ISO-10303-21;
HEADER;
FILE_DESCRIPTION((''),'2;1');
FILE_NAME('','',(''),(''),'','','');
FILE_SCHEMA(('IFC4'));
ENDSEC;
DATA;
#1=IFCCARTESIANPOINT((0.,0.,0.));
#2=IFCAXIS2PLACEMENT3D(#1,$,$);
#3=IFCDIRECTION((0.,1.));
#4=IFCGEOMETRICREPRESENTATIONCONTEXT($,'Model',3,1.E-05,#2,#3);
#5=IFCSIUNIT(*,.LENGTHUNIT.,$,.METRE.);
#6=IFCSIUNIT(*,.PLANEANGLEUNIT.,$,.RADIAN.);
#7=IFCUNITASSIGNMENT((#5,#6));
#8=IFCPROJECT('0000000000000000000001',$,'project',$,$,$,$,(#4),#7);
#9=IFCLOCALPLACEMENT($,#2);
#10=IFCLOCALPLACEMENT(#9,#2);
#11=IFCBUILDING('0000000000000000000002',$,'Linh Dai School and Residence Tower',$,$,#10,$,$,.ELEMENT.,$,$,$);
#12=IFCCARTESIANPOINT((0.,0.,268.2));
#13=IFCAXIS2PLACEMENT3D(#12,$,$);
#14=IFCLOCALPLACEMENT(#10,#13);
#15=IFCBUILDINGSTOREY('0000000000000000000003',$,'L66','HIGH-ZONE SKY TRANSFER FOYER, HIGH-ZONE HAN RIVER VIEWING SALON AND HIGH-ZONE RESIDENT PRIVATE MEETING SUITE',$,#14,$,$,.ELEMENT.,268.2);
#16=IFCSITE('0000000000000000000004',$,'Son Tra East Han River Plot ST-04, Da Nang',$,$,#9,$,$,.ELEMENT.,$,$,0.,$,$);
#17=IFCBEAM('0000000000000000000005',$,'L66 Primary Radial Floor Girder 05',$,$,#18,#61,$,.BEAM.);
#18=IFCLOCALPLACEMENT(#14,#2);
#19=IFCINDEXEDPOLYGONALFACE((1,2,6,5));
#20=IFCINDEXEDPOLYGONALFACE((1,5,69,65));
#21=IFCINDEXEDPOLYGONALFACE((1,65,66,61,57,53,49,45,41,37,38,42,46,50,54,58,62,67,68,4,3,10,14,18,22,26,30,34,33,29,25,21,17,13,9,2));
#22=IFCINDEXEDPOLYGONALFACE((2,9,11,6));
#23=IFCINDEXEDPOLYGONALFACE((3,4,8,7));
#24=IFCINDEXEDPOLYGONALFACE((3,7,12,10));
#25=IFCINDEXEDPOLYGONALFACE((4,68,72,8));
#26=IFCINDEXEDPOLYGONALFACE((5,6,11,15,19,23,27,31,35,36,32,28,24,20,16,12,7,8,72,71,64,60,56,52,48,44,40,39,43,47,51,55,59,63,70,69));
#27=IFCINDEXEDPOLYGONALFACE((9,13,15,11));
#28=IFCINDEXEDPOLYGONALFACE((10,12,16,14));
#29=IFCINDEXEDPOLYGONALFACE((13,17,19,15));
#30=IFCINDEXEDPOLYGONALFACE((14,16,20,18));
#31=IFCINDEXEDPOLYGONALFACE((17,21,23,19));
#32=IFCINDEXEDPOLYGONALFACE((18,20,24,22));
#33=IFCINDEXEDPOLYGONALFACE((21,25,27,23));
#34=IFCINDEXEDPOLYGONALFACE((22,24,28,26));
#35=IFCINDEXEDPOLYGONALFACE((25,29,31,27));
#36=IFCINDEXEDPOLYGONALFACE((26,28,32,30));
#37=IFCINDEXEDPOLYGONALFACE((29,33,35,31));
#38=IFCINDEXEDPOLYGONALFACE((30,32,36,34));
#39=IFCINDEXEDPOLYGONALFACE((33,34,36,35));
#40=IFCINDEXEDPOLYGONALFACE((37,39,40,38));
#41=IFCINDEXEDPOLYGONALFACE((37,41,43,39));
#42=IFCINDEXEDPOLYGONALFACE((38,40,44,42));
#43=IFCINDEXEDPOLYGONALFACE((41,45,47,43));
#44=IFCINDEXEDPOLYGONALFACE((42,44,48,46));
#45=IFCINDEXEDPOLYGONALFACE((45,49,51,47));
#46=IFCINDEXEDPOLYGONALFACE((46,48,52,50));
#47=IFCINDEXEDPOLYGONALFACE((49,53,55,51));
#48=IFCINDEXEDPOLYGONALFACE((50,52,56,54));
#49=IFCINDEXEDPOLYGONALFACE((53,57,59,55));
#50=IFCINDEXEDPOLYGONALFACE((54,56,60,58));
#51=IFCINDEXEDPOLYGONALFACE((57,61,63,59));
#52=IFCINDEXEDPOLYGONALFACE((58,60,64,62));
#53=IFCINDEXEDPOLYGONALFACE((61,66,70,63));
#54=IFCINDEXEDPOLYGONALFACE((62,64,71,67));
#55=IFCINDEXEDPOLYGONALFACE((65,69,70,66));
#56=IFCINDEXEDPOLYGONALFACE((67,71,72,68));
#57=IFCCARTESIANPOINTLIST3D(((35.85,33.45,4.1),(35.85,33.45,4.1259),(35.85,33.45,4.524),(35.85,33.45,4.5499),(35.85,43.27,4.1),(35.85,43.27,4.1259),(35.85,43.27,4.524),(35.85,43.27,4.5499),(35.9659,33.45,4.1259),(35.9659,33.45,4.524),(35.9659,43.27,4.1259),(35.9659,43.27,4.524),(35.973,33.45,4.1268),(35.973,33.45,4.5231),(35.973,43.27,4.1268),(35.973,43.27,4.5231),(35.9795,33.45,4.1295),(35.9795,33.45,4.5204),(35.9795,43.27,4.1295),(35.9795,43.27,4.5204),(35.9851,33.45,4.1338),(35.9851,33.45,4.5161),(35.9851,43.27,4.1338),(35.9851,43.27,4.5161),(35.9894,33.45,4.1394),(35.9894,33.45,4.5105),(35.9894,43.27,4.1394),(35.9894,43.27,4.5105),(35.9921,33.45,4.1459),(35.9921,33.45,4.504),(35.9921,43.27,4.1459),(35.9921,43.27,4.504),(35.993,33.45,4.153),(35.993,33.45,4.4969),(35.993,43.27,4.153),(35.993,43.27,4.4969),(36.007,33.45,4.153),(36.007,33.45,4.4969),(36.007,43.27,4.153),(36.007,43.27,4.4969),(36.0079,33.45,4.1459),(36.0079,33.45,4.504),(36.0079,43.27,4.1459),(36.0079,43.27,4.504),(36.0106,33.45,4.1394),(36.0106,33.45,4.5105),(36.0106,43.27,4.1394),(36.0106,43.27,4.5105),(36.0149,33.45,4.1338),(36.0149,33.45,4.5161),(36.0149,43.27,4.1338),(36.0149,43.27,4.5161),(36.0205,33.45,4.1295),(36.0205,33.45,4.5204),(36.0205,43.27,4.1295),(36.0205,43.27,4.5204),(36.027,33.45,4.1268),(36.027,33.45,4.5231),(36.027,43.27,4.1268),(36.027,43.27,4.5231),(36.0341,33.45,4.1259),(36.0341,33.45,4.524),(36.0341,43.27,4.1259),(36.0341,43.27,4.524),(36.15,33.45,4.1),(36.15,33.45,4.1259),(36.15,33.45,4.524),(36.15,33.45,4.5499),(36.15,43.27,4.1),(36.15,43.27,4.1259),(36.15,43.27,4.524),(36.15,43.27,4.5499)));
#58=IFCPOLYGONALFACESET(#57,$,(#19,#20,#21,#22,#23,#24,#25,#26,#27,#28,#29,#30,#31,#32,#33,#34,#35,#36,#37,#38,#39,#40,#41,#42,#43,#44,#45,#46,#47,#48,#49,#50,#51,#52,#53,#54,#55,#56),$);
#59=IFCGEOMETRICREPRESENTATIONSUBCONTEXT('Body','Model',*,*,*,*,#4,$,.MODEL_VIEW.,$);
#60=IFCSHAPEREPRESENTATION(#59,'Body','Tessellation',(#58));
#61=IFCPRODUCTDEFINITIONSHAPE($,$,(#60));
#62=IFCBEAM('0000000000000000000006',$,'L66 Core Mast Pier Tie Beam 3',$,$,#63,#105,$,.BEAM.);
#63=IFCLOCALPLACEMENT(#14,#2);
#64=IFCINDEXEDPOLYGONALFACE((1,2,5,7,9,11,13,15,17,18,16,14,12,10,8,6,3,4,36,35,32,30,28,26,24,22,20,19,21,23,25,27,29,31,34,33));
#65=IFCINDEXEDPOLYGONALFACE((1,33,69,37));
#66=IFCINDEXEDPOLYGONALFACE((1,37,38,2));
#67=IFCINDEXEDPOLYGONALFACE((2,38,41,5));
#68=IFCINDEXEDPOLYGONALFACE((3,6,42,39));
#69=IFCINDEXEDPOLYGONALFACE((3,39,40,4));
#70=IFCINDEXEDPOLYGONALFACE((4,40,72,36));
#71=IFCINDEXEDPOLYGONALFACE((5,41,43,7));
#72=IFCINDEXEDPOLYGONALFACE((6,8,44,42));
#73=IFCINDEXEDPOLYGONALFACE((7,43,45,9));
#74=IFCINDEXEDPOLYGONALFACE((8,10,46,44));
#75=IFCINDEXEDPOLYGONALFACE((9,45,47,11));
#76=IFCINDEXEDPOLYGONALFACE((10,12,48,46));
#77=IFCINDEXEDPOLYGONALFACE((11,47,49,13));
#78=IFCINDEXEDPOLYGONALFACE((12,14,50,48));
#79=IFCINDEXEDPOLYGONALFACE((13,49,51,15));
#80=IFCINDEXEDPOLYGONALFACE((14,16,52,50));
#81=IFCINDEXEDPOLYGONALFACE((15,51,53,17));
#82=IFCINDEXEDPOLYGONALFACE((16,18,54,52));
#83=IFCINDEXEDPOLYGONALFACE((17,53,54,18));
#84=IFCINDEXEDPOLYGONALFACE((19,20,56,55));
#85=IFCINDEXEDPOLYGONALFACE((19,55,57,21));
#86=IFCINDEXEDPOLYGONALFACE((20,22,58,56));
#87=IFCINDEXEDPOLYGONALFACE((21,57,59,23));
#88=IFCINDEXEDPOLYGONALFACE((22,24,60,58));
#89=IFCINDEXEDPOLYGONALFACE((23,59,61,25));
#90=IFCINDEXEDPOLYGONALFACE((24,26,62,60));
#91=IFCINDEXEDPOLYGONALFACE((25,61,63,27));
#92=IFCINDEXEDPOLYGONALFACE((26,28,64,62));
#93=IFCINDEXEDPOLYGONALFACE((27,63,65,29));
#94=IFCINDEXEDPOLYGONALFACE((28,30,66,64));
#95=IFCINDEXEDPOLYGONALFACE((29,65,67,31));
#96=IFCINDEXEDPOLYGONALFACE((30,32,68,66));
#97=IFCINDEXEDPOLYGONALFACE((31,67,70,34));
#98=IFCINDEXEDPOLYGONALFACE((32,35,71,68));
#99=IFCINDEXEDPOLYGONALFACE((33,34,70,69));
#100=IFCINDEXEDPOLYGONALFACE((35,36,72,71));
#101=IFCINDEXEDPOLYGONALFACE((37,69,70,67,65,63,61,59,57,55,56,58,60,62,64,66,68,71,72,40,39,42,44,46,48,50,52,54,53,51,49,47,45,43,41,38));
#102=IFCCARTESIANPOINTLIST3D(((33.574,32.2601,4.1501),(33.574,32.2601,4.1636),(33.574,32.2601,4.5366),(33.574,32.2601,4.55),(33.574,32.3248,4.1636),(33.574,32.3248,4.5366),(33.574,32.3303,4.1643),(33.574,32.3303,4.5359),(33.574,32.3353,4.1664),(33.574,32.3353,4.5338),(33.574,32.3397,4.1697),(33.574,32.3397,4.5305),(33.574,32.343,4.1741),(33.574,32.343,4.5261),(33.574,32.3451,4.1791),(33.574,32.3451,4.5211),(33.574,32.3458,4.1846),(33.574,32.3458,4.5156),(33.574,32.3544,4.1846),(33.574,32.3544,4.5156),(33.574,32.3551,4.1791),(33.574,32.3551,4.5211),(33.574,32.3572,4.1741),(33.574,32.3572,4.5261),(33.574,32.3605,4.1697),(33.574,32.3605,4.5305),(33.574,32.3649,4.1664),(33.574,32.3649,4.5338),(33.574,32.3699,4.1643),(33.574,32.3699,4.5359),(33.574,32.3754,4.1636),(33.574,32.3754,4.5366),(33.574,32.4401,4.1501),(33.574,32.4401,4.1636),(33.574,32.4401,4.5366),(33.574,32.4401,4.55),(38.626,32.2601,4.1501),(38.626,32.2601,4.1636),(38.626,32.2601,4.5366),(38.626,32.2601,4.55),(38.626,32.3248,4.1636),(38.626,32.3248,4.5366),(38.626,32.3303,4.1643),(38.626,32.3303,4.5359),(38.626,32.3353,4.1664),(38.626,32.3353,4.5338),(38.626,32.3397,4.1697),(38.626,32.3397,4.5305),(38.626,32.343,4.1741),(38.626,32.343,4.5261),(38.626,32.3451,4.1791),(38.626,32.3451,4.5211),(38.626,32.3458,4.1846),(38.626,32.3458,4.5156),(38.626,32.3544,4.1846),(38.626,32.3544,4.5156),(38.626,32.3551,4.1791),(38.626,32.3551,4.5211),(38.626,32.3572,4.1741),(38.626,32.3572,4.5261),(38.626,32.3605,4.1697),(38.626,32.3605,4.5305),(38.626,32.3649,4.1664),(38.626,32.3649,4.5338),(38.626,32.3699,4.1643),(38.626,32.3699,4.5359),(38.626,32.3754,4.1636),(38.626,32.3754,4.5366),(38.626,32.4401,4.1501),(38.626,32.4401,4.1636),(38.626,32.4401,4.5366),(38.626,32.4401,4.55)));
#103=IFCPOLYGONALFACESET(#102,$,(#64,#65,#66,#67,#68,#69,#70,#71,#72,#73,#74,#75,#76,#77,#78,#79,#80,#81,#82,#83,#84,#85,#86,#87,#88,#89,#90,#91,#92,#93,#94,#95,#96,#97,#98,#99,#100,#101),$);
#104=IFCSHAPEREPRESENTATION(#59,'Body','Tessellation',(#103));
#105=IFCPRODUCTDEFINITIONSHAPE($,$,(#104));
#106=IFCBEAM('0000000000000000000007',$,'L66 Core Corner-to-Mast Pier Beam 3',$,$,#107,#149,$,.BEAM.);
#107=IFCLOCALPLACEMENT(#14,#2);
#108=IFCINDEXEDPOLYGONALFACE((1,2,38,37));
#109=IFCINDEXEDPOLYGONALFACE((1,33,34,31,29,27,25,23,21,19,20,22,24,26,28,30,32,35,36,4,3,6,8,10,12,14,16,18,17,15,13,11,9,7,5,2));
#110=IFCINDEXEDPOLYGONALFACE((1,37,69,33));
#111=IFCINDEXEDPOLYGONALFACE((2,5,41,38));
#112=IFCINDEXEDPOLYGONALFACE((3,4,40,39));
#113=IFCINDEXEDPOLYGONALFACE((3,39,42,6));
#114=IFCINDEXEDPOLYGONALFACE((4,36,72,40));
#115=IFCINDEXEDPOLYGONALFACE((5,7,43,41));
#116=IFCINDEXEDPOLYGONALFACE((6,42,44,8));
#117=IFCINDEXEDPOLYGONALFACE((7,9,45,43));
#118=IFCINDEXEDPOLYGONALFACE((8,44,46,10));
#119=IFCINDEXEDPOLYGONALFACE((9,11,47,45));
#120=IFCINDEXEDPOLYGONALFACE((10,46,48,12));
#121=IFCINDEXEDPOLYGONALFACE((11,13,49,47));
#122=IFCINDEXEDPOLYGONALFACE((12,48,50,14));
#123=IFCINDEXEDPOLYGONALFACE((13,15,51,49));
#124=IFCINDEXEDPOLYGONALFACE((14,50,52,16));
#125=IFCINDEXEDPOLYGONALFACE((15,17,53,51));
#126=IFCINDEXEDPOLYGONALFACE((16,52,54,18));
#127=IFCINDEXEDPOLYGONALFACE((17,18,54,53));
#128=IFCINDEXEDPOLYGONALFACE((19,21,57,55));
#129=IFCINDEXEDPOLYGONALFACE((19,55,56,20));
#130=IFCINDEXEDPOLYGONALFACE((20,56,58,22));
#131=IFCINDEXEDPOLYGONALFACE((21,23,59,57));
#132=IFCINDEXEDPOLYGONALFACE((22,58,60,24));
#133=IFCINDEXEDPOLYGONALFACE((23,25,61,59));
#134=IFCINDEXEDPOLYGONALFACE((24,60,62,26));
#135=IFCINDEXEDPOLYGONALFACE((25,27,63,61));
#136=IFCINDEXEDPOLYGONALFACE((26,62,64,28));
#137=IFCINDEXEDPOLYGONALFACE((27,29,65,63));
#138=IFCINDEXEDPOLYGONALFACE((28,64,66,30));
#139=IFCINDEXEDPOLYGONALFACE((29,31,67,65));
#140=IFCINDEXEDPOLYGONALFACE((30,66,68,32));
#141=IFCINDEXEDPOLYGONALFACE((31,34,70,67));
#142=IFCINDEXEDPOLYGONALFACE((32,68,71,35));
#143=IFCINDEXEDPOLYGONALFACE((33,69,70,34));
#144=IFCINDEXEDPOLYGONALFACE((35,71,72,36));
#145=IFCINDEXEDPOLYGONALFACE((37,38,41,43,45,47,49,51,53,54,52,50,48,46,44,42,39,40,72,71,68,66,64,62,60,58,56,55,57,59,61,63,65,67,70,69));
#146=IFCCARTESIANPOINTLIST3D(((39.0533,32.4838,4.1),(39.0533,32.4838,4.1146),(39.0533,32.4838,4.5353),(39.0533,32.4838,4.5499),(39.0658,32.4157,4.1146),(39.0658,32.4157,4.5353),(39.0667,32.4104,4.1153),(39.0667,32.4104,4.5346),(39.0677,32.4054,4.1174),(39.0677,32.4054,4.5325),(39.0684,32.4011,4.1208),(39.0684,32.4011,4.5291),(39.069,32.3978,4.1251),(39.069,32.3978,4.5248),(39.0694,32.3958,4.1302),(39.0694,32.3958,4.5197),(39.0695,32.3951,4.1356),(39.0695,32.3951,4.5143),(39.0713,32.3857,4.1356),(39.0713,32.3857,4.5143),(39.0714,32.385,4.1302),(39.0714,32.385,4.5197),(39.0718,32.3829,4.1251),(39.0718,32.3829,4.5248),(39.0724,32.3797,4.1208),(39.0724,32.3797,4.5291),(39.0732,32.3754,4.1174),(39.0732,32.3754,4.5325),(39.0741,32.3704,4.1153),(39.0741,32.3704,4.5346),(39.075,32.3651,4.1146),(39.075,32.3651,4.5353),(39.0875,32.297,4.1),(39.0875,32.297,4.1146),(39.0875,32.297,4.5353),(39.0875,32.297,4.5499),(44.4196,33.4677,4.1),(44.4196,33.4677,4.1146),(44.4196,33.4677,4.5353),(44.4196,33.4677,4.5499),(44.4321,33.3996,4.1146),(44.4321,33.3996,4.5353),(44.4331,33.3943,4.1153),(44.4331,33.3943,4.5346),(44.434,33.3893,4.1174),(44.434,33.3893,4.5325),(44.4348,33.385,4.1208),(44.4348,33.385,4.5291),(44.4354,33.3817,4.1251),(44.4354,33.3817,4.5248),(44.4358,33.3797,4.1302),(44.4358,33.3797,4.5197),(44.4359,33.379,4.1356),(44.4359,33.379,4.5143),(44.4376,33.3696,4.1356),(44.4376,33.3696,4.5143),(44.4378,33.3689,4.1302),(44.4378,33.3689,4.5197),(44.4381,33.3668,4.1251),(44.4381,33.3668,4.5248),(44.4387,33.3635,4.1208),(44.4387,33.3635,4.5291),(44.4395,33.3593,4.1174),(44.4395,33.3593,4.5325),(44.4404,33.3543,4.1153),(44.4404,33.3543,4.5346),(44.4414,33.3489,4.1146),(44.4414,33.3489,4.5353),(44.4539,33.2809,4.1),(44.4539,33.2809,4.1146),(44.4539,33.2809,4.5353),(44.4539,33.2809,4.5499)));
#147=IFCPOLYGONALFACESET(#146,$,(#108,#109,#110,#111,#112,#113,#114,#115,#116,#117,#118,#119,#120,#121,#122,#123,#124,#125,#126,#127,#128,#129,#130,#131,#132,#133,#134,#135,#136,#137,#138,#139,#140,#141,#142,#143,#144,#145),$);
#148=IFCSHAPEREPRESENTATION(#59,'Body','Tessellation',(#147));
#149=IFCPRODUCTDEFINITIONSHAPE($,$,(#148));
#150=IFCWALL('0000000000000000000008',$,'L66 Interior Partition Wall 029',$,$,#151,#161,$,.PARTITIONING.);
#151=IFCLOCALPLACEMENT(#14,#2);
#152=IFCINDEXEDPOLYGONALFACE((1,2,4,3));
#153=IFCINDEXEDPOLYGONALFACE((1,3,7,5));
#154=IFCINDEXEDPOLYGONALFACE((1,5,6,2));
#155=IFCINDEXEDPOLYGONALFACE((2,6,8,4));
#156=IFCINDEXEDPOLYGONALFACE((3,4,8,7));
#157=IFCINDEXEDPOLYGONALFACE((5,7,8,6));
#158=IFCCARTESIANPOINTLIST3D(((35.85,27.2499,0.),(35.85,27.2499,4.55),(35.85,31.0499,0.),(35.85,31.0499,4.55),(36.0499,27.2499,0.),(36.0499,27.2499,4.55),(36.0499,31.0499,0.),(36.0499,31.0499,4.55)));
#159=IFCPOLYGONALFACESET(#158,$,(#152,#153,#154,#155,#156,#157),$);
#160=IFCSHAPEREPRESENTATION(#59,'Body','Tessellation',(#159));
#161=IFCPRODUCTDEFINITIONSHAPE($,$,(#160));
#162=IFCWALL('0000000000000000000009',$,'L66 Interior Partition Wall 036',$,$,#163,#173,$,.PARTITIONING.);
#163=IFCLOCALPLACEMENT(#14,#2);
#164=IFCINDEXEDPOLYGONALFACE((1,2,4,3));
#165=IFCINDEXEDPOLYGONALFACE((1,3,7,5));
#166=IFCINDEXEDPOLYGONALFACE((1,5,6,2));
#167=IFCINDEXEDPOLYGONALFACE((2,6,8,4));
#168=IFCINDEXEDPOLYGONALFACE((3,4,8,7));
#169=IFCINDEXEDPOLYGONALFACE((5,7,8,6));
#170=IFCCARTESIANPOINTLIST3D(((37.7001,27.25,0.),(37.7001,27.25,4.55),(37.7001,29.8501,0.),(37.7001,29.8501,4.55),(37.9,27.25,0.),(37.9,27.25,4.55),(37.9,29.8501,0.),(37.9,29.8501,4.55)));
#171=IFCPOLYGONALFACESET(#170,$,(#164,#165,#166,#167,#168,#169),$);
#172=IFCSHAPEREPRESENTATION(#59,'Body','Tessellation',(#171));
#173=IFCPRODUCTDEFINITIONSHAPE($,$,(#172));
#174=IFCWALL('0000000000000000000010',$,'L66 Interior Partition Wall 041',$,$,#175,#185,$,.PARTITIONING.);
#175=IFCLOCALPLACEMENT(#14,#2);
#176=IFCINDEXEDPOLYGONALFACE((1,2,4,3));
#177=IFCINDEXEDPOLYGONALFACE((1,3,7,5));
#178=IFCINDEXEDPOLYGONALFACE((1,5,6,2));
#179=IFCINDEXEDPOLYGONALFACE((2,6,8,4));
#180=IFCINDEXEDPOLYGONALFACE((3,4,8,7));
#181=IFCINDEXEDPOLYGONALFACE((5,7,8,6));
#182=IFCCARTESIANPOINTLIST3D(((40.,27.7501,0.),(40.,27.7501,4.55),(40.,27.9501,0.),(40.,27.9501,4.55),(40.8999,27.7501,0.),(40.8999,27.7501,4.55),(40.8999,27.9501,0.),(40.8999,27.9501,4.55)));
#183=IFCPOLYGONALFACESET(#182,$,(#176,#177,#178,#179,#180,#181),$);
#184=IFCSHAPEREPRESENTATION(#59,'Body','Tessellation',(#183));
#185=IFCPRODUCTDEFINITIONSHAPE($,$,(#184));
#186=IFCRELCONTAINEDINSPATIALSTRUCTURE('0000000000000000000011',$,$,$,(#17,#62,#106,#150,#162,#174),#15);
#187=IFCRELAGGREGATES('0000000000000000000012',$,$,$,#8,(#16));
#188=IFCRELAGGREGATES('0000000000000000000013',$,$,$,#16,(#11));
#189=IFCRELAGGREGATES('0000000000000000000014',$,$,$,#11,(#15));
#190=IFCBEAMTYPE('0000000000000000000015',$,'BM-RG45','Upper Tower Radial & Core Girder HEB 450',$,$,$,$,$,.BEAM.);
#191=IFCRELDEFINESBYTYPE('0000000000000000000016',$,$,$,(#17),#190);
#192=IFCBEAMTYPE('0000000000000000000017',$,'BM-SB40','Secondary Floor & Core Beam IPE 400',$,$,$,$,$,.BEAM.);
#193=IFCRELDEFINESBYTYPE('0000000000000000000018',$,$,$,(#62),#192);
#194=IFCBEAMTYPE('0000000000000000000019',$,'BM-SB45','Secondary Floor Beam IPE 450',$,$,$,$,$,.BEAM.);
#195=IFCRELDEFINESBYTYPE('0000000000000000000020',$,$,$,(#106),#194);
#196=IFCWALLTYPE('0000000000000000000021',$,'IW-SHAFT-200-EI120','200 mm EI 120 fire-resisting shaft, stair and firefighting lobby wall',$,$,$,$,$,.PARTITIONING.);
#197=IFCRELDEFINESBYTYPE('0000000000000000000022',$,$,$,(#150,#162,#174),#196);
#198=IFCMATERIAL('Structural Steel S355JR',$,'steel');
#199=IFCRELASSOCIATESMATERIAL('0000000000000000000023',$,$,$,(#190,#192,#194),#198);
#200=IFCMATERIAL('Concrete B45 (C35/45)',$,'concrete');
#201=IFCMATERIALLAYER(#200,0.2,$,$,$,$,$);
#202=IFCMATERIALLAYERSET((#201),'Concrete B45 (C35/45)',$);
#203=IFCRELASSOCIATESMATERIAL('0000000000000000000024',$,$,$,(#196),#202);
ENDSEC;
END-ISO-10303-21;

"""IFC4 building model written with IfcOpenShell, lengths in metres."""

from ifc_helpers import new_model, si_unit, direction, frame, frame_2d, origin, origin_2d, place, context, subcontext, project, spatial, rectangle, i_section, extrude, material, layer, layer_set, material_profile, profile_set, type_object, element, save


model = new_model("IFC4")

# Units and contexts
model_context = context("Model", 3, precision=1e-05, world=origin(), true_north=direction((0.0, 1.0)))
body_context = subcontext(model_context, "Body", "Model", "MODEL_VIEW")
ifc_project = project(units=[si_unit("LENGTHUNIT", "METRE"), si_unit("PLANEANGLEUNIT", "RADIAN")], contexts=[model_context])

# Site, building, storey
site_placement = place(None, origin())
site = spatial("IfcSite", under=ifc_project, at=site_placement, Name="Son Tra East Han River Plot ST-04, Da Nang", CompositionType="ELEMENT", RefElevation=0.0)
building_placement = place(site_placement, origin())
building = spatial("IfcBuilding", under=site, at=building_placement, Name="Linh Dai School and Residence Tower", CompositionType="ELEMENT")
storey_placement = place(building_placement, frame((0.0, 0.0, 268.2)))
storey = spatial("IfcBuildingStorey", under=building, at=storey_placement, Name="L66", Description="HIGH-ZONE SKY TRANSFER FOYER, HIGH-ZONE HAN RIVER VIEWING SALON AND HIGH-ZONE RESIDENT PRIVATE MEETING SUITE", CompositionType="ELEMENT", Elevation=268.2)

# Shared definitions
ifc_material_1 = material(Name="Structural Steel S355JR", Category="steel")

# Beams
ifc_material_profile_1 = material_profile(ifc_material_1, i_section(OverallWidth=0.3, OverallDepth=0.45, WebThickness=0.0139, FlangeThickness=0.0259, FilletRadius=0.0271, at=origin_2d()), Name="HEB 450")
ifc_profile_set_1 = profile_set([ifc_material_profile_1], Name="Structural Steel S355JR")
beam_type_1 = type_object("IfcBeamType", Name="BM-RG45", Description="Upper Tower Radial & Core Girder HEB 450", PredefinedType="BEAM", material=ifc_profile_set_1)
beam_1_placement = place(storey_placement, frame((36.0, 33.45, 4.325), z_axis=(0.0, 1.0, 0.0), x_axis=(-1.0, 0.0, 0.0)))
element("IfcBeam", 1, at=beam_1_placement, inside=storey, type_object=beam_type_1, Name="L66 Primary Radial Floor Girder 05", PredefinedType="BEAM", context=body_context, shape_type="SweptSolid", body=[
    extrude(i_section(OverallWidth=0.3, OverallDepth=0.45, WebThickness=0.0139, FlangeThickness=0.0259, FilletRadius=0.0271, at=origin_2d()), origin(), (0.0, 0.0, 1.0), 9.8201),
])
ifc_material_profile_2 = material_profile(ifc_material_1, i_section(OverallWidth=0.1799, OverallDepth=0.3999, WebThickness=0.0085, FlangeThickness=0.0134, FilletRadius=0.021, at=origin_2d()), Name="IPE 400")
ifc_profile_set_2 = profile_set([ifc_material_profile_2], Name="Structural Steel S355JR")
beam_type_2 = type_object("IfcBeamType", Name="BM-SB40", Description="Secondary Floor & Core Beam IPE 400", PredefinedType="BEAM", material=ifc_profile_set_2)
beam_2_placement = place(storey_placement, frame((38.626, 32.3501, 4.3501), z_axis=(-1.0, 0.0, 0.0), x_axis=(0.0, -1.0, 0.0)))
element("IfcBeam", 2, at=beam_2_placement, inside=storey, type_object=beam_type_2, Name="L66 Core Mast Pier Tie Beam 3", PredefinedType="BEAM", context=body_context, shape_type="SweptSolid", body=[
    extrude(i_section(OverallWidth=0.1799, OverallDepth=0.3999, WebThickness=0.0085, FlangeThickness=0.0134, FilletRadius=0.021, at=origin_2d()), origin(), (0.0, 0.0, 1.0), 5.052),
])
ifc_material_profile_3 = material_profile(ifc_material_1, i_section(OverallWidth=0.1899, OverallDepth=0.45, WebThickness=0.0095, FlangeThickness=0.0146, FilletRadius=0.021, at=origin_2d()), Name="IPE 450")
ifc_profile_set_3 = profile_set([ifc_material_profile_3], Name="Structural Steel S355JR")
beam_type_3 = type_object("IfcBeamType", Name="BM-SB45", Description="Secondary Floor Beam IPE 450", PredefinedType="BEAM", material=ifc_profile_set_3)
beam_3_placement = place(storey_placement, frame((44.4368, 33.3743, 4.325), z_axis=(-0.983605, -0.180334, 0.0), x_axis=(0.180334, -0.983605, 0.0)))
element("IfcBeam", 3, at=beam_3_placement, inside=storey, type_object=beam_type_3, Name="L66 Core Corner-to-Mast Pier Beam 3", PredefinedType="BEAM", context=body_context, shape_type="SweptSolid", body=[
    extrude(i_section(OverallWidth=0.1899, OverallDepth=0.45, WebThickness=0.0095, FlangeThickness=0.0146, FilletRadius=0.021, at=origin_2d()), origin(), (0.0, 0.0, 1.0), 5.4558),
])

# Wall
ifc_material_2 = material(Name="Concrete B45 (C35/45)", Category="concrete")
ifc_layer_1 = layer(ifc_material_2, 0.2)
ifc_layer_set_1 = layer_set([ifc_layer_1], Name="Concrete B45 (C35/45)")
wall_type_1 = type_object("IfcWallType", Name="IW-SHAFT-200-EI120", Description="200 mm EI 120 fire-resisting shaft, stair and firefighting lobby wall", PredefinedType="PARTITIONING", material=ifc_layer_set_1)
wall_1_placement = place(storey_placement, frame((35.95, 27.25, 0.0), z_axis=(0.0, 0.0, 1.0), x_axis=(0.0, 1.0, 0.0)))
element("IfcWall", 4, at=wall_1_placement, inside=storey, type_object=wall_type_1, Name="L66 Interior Partition Wall 029", PredefinedType="PARTITIONING", context=body_context, shape_type="SweptSolid", body=[
    extrude(rectangle(XDim=3.8, YDim=0.2, at=frame_2d((1.8999, 0.0))), origin(), (0.0, 0.0, 1.0), 4.55),
])

# Walls
wall_2_placement = place(storey_placement, frame((37.8, 27.25, 0.0), z_axis=(0.0, 0.0, 1.0), x_axis=(0.0, 1.0, 0.0)))
element("IfcWall", 5, at=wall_2_placement, inside=storey, type_object=wall_type_1, Name="L66 Interior Partition Wall 036", PredefinedType="PARTITIONING", context=body_context, shape_type="SweptSolid", body=[
    extrude(rectangle(XDim=2.6001, YDim=0.2, at=frame_2d((1.3, 0.0))), origin(), (0.0, 0.0, 1.0), 4.55),
])
wall_3_placement = place(storey_placement, frame((40.0, 27.8501, 0.0), z_axis=(0.0, 0.0, 1.0), x_axis=(1.0, 0.0, 0.0)))
element("IfcWall", 6, at=wall_3_placement, inside=storey, type_object=wall_type_1, Name="L66 Interior Partition Wall 041", PredefinedType="PARTITIONING", context=body_context, shape_type="SweptSolid", body=[
    extrude(rectangle(XDim=0.8999, YDim=0.2, at=frame_2d((0.45, 0.0))), origin(), (0.0, 0.0, 1.0), 4.55),
])

save(model, "model.ifc")
